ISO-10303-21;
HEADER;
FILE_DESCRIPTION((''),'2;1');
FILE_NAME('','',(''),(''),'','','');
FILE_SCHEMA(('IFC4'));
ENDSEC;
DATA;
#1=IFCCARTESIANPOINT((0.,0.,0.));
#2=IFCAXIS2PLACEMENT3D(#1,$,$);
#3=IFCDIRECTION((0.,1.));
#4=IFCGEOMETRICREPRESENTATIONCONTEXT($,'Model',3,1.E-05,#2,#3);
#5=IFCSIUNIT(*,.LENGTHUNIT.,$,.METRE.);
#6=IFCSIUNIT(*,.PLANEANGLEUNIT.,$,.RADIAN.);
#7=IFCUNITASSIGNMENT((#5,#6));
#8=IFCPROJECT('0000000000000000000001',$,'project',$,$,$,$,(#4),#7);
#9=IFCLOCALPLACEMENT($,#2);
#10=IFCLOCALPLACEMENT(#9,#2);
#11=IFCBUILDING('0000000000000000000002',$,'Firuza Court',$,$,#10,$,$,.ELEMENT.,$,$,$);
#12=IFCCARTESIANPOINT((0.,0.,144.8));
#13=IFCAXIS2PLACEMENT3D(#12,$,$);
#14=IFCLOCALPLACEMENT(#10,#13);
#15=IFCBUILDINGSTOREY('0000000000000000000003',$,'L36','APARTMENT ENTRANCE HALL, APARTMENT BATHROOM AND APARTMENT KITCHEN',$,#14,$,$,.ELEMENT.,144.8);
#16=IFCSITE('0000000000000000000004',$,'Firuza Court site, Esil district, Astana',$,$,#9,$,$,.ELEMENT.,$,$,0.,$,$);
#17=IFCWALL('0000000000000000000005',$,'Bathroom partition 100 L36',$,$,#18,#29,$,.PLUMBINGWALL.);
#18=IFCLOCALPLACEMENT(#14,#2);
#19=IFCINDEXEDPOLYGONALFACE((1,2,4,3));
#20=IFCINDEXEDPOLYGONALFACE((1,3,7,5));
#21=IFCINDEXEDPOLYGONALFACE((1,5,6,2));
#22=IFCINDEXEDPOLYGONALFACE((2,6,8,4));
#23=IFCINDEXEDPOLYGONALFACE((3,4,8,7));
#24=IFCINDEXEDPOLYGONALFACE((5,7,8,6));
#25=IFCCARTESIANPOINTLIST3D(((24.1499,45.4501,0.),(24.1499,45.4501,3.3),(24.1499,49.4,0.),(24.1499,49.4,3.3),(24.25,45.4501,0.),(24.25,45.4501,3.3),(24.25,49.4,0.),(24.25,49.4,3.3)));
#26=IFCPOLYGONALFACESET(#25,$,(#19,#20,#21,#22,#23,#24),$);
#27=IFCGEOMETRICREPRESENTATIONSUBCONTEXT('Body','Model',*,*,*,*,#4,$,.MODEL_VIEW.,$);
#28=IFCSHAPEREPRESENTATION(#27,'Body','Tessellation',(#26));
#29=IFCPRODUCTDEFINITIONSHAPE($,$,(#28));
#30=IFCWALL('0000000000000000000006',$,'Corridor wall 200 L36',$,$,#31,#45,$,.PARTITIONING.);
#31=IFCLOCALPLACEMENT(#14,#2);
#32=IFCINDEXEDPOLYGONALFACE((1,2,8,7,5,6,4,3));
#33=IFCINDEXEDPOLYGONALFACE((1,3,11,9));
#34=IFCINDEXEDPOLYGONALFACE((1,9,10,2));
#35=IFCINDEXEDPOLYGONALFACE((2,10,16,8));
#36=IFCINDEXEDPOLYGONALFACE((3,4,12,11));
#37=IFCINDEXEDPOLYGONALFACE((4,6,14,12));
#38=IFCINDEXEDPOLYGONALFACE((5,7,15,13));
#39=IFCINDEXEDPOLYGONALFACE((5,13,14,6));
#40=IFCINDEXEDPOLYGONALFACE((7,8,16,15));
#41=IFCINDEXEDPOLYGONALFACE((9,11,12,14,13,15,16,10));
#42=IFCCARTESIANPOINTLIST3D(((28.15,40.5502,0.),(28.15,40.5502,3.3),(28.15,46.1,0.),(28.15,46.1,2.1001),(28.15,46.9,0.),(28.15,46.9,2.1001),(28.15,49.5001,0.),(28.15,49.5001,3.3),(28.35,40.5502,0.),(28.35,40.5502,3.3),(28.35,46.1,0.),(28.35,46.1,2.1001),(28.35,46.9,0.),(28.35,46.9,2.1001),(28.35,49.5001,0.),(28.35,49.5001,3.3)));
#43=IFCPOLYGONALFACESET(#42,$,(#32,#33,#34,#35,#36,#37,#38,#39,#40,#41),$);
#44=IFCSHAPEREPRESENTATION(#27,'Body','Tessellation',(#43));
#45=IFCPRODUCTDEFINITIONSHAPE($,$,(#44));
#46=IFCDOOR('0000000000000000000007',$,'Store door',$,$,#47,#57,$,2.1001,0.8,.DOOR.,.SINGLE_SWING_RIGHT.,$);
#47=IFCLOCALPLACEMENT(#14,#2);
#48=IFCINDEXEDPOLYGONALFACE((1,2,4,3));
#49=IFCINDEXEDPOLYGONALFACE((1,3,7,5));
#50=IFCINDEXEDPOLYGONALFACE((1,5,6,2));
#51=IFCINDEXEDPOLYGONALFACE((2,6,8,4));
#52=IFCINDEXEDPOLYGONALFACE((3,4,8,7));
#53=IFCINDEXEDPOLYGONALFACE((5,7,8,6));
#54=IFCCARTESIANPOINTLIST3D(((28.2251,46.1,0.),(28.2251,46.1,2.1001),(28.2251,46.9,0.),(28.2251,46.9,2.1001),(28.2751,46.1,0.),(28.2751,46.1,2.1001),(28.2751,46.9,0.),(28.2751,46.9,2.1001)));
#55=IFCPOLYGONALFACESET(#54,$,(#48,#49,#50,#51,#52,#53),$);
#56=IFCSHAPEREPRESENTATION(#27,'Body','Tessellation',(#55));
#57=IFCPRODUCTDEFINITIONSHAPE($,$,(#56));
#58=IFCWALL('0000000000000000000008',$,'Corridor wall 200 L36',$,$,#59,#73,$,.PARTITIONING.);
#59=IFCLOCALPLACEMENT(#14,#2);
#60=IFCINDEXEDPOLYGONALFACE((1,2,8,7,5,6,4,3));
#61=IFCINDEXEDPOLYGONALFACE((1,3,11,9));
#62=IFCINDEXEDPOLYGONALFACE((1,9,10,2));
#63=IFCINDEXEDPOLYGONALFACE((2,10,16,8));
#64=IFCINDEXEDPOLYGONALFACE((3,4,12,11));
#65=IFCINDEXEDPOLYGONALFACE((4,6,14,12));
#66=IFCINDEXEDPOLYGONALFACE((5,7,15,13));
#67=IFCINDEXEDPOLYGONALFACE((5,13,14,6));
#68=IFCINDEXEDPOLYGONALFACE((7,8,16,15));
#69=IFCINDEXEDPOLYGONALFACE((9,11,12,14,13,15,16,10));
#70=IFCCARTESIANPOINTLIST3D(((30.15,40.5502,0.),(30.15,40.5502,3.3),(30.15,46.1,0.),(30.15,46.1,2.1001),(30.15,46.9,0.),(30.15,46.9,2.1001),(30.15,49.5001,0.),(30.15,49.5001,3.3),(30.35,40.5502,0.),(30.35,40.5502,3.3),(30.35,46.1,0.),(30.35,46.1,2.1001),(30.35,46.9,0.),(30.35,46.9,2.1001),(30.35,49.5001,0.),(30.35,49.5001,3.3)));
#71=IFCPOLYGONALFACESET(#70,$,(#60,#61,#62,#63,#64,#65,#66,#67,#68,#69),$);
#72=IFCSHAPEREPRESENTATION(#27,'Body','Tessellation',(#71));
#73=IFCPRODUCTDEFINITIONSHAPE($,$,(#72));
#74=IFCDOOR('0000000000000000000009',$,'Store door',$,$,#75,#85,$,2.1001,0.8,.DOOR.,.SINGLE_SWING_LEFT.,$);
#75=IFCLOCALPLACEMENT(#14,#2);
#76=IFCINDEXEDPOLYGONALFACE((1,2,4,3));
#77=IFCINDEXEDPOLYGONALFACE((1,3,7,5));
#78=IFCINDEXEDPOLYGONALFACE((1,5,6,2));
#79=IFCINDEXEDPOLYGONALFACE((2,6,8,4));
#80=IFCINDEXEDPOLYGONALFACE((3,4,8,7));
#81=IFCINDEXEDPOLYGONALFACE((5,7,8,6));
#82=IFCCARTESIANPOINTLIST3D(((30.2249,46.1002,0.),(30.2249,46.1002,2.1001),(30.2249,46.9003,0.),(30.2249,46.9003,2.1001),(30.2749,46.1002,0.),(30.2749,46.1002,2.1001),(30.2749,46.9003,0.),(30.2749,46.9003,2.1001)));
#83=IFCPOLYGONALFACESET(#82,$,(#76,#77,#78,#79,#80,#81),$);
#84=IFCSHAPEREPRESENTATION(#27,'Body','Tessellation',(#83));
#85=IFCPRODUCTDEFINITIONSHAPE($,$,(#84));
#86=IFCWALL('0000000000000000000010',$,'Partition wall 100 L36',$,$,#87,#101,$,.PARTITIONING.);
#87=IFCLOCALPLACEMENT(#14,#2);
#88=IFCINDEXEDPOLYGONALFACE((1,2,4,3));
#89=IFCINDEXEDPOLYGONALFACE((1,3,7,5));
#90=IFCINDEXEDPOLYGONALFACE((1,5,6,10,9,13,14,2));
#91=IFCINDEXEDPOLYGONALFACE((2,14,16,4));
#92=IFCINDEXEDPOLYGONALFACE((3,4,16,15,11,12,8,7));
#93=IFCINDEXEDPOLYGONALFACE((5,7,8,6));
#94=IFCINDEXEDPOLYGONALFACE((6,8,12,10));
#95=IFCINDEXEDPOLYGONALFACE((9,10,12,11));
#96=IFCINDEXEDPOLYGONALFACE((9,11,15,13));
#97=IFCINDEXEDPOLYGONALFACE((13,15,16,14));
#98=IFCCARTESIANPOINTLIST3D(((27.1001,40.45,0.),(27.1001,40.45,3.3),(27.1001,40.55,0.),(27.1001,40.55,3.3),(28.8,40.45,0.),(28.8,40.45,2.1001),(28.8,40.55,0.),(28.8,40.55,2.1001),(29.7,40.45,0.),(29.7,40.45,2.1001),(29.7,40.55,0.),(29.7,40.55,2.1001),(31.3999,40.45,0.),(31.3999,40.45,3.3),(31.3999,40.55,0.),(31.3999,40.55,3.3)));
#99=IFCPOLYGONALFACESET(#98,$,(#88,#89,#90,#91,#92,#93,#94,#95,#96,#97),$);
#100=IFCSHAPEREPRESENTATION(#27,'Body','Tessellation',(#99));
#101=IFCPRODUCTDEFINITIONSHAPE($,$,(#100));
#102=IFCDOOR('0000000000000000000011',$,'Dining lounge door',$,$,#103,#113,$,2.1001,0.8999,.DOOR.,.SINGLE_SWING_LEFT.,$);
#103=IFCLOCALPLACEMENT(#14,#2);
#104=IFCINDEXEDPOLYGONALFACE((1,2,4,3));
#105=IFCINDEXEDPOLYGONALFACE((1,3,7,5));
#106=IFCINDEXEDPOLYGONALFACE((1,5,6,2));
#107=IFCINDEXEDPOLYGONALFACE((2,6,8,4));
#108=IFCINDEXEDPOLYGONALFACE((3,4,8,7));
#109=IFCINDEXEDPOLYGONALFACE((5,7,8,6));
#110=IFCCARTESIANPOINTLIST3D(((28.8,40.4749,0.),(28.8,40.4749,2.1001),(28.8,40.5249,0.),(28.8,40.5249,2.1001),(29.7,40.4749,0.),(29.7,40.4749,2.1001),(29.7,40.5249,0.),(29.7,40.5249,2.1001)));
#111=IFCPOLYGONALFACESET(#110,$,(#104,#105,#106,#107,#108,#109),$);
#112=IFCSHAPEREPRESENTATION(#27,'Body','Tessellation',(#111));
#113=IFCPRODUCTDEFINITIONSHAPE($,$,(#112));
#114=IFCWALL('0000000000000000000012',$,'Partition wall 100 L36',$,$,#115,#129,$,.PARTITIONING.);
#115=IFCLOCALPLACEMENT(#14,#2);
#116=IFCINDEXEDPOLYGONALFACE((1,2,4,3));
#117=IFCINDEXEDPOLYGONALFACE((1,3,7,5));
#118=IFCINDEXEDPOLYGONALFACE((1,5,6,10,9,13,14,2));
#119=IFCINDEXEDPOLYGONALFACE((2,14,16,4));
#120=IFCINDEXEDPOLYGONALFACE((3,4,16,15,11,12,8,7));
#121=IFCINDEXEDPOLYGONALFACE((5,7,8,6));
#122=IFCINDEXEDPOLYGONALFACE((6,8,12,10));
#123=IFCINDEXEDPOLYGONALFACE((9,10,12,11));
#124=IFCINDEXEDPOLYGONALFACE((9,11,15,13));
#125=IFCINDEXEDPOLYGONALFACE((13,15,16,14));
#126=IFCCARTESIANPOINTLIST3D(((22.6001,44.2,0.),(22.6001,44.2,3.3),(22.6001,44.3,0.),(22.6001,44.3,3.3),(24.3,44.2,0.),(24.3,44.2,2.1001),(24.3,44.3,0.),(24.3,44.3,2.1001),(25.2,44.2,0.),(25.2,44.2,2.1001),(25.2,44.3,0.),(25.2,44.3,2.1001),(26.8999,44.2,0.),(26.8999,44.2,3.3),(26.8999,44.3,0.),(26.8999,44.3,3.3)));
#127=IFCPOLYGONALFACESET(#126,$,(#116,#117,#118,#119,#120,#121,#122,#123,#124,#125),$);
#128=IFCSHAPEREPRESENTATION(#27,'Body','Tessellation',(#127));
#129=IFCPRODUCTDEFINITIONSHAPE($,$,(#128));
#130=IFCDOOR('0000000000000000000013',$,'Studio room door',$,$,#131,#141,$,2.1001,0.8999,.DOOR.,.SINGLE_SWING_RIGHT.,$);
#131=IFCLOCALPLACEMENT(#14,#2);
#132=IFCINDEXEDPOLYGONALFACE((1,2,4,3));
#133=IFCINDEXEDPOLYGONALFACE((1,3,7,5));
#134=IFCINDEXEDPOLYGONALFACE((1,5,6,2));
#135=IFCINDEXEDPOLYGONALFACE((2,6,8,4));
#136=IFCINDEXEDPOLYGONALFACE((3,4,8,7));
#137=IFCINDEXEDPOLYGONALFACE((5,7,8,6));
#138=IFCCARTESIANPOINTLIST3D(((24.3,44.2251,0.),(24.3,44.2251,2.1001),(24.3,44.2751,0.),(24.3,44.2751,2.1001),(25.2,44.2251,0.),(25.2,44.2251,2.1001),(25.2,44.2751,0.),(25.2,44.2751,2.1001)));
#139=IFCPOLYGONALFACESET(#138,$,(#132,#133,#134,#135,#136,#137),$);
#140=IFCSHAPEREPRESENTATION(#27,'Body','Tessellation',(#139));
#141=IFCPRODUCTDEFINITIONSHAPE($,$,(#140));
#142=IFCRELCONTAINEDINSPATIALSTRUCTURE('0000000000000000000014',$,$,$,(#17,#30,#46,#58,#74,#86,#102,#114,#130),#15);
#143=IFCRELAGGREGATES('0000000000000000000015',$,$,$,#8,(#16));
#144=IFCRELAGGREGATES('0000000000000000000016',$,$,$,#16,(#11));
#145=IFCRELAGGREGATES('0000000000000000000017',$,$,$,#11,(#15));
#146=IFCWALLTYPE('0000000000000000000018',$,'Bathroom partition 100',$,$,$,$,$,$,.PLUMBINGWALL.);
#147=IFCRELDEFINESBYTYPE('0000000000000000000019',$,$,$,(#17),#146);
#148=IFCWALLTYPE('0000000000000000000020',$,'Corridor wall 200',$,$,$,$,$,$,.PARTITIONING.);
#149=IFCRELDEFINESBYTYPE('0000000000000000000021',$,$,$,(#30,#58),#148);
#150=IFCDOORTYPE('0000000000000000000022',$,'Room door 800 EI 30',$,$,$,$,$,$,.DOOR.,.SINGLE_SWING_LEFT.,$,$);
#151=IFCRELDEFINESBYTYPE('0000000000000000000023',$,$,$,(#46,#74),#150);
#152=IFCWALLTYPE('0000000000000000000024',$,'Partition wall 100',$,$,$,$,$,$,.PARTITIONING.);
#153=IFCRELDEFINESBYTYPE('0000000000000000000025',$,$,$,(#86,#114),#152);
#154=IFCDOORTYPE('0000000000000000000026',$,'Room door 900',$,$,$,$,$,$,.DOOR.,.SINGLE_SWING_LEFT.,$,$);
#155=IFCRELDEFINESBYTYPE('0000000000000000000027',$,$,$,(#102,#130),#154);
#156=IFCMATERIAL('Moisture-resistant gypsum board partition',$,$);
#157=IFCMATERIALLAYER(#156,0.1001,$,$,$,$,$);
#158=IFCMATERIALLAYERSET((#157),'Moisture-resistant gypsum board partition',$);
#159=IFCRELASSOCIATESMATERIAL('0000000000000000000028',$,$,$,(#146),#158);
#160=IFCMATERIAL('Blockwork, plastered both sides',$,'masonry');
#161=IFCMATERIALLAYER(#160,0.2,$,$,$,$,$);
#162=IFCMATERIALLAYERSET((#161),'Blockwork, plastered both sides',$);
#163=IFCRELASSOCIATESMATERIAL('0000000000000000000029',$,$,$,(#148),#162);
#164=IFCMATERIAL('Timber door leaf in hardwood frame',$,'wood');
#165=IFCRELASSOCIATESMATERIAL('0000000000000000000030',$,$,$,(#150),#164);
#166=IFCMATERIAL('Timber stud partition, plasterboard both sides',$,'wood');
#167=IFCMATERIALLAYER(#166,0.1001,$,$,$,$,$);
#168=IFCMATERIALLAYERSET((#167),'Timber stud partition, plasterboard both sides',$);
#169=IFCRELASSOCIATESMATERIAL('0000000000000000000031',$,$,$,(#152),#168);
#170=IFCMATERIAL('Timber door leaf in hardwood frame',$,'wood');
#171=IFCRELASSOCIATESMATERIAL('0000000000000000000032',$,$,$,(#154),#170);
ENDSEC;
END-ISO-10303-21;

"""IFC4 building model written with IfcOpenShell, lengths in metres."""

from ifc_helpers import new_model, si_unit, direction, frame, frame_2d, origin, place, context, subcontext, project, spatial, rectangle, extrude, material, layer, layer_set, type_object, element, fill, save


model = new_model("IFC4")

# Units and contexts
model_context = context("Model", 3, precision=1e-05, world=origin(), true_north=direction((0.0, 1.0)))
body_context = subcontext(model_context, "Body", "Model", "MODEL_VIEW")
ifc_project = project(units=[si_unit("LENGTHUNIT", "METRE"), si_unit("PLANEANGLEUNIT", "RADIAN")], contexts=[model_context])

# Site, building, storey
site_placement = place(None, origin())
site = spatial("IfcSite", under=ifc_project, at=site_placement, Name="Firuza Court site, Esil district, Astana", CompositionType="ELEMENT", RefElevation=0.0)
building_placement = place(site_placement, origin())
building = spatial("IfcBuilding", under=site, at=building_placement, Name="Firuza Court", CompositionType="ELEMENT")
storey_placement = place(building_placement, frame((0.0, 0.0, 144.8)))
storey = spatial("IfcBuildingStorey", under=building, at=storey_placement, Name="L36", Description="APARTMENT ENTRANCE HALL, APARTMENT BATHROOM AND APARTMENT KITCHEN", CompositionType="ELEMENT", Elevation=144.8)

# Wall
ifc_material_1 = material(Name="Moisture-resistant gypsum board partition")
ifc_layer_1 = layer(ifc_material_1, 0.1001)
ifc_layer_set_1 = layer_set([ifc_layer_1], Name="Moisture-resistant gypsum board partition")
wall_type_1 = type_object("IfcWallType", Name="Bathroom partition 100", PredefinedType="PLUMBINGWALL", material=ifc_layer_set_1)
wall_1_placement = place(storey_placement, frame((24.2, 45.45, 0.0), z_axis=(0.0, 0.0, 1.0), x_axis=(0.0, 1.0, 0.0)))
element("IfcWall", 1, at=wall_1_placement, inside=storey, type_object=wall_type_1, Name="Bathroom partition 100 L36", PredefinedType="PLUMBINGWALL", context=body_context, shape_type="SweptSolid", body=[
    extrude(rectangle(XDim=3.95, YDim=0.1001, at=frame_2d((1.9751, 0.0))), origin(), (0.0, 0.0, 1.0), 3.3),
])

# Walls, openings, doors
ifc_material_2 = material(Name="Blockwork, plastered both sides", Category="masonry")
ifc_layer_2 = layer(ifc_material_2, 0.2)
ifc_layer_set_2 = layer_set([ifc_layer_2], Name="Blockwork, plastered both sides")
wall_type_2 = type_object("IfcWallType", Name="Corridor wall 200", PredefinedType="PARTITIONING", material=ifc_layer_set_2)
wall_2_placement = place(storey_placement, frame((28.25, 40.55, 0.0), z_axis=(0.0, 0.0, 1.0), x_axis=(0.0, 1.0, 0.0)))
wall_2 = element("IfcWall", 2, at=wall_2_placement, inside=storey, type_object=wall_type_2, Name="Corridor wall 200 L36", PredefinedType="PARTITIONING", context=body_context, shape_type="SweptSolid", body=[
    extrude(rectangle(XDim=8.95, YDim=0.2, at=frame_2d((4.4751, 0.0))), origin(), (0.0, 0.0, 1.0), 3.3),
])
opening_1_placement = place(wall_2_placement, frame((5.55, 0.0, 0.0)))
opening_1 = element("IfcOpeningElement", 3, at=opening_1_placement, cuts=wall_2, PredefinedType="OPENING", context=body_context, shape_type="SweptSolid", body=[
    extrude(rectangle(XDim=0.8, YDim=2.1001, at=frame_2d((0.3999, 1.05))), frame((0.0, 0.1118, 0.0), z_axis=(0.0, -1.0, 0.0), x_axis=(1.0, 0.0, 0.0)), (0.0, 0.0, 1.0), 0.2239),
])
ifc_material_3 = material(Name="Timber door leaf in hardwood frame", Category="wood")
door_type_1 = type_object("IfcDoorType", Name="Room door 800 EI 30", OperationType="SINGLE_SWING_LEFT", PredefinedType="DOOR", material=ifc_material_3)
door_1_placement = place(opening_1_placement, origin())
door_1 = element("IfcDoor", 4, at=door_1_placement, inside=storey, type_object=door_type_1, Name="Store door", OperationType="SINGLE_SWING_RIGHT", OverallHeight=2.1001, OverallWidth=0.8, PredefinedType="DOOR", context=body_context, shape_type="SweptSolid", body=[
    extrude(rectangle(XDim=0.8, YDim=2.1001, at=frame_2d((0.3999, 1.05))), frame((0.0, 0.0249, 0.0), z_axis=(0.0, -1.0, 0.0), x_axis=(1.0, 0.0, 0.0)), (0.0, 0.0, 1.0), 0.05),
])
fill(opening_1, door_1)
wall_3_placement = place(storey_placement, frame((30.25, 40.55, 0.0), z_axis=(0.0, 0.0, 1.0), x_axis=(0.0, 1.0, 0.0)))
wall_3 = element("IfcWall", 5, at=wall_3_placement, inside=storey, type_object=wall_type_2, Name="Corridor wall 200 L36", PredefinedType="PARTITIONING", context=body_context, shape_type="SweptSolid", body=[
    extrude(rectangle(XDim=8.95, YDim=0.2, at=frame_2d((4.4751, 0.0))), origin(), (0.0, 0.0, 1.0), 3.3),
])
opening_2_placement = place(wall_3_placement, frame((5.55, 0.0, 0.0)))
opening_2 = element("IfcOpeningElement", 6, at=opening_2_placement, cuts=wall_3, PredefinedType="OPENING", context=body_context, shape_type="SweptSolid", body=[
    extrude(rectangle(XDim=0.8, YDim=2.1001, at=frame_2d((0.3999, 1.05))), frame((0.0, 0.1118, 0.0), z_axis=(0.0, -1.0, 0.0), x_axis=(1.0, 0.0, 0.0)), (0.0, 0.0, 1.0), 0.2239),
])
door_2_placement = place(opening_2_placement, frame((0.8, 0.0, 0.0), z_axis=(0.0, 0.0, 1.0), x_axis=(-1.0, 0.0, 0.0)))
door_2 = element("IfcDoor", 7, at=door_2_placement, inside=storey, type_object=door_type_1, Name="Store door", OperationType="SINGLE_SWING_LEFT", OverallHeight=2.1001, OverallWidth=0.8, PredefinedType="DOOR", context=body_context, shape_type="SweptSolid", body=[
    extrude(rectangle(XDim=0.8, YDim=2.1001, at=frame_2d((0.3999, 1.05))), frame((0.0, 0.0249, 0.0), z_axis=(0.0, -1.0, 0.0), x_axis=(1.0, 0.0, 0.0)), (0.0, 0.0, 1.0), 0.05),
])
fill(opening_2, door_2)
ifc_material_4 = material(Name="Timber stud partition, plasterboard both sides", Category="wood")
ifc_layer_3 = layer(ifc_material_4, 0.1001)
ifc_layer_set_3 = layer_set([ifc_layer_3], Name="Timber stud partition, plasterboard both sides")
wall_type_3 = type_object("IfcWallType", Name="Partition wall 100", PredefinedType="PARTITIONING", material=ifc_layer_set_3)
wall_4_placement = place(storey_placement, frame((27.1001, 40.5, 0.0), z_axis=(0.0, 0.0, 1.0), x_axis=(1.0, 0.0, 0.0)))
wall_4 = element("IfcWall", 8, at=wall_4_placement, inside=storey, type_object=wall_type_3, Name="Partition wall 100 L36", PredefinedType="PARTITIONING", context=body_context, shape_type="SweptSolid", body=[
    extrude(rectangle(XDim=4.2998, YDim=0.1001, at=frame_2d((2.1499, 0.0))), origin(), (0.0, 0.0, 1.0), 3.3),
])
opening_3_placement = place(wall_4_placement, frame((1.7, 0.0, 0.0)))
opening_3 = element("IfcOpeningElement", 9, at=opening_3_placement, cuts=wall_4, PredefinedType="OPENING", context=body_context, shape_type="SweptSolid", body=[
    extrude(rectangle(XDim=0.8999, YDim=2.1001, at=frame_2d((0.45, 1.05))), frame((0.0, 0.062, 0.0), z_axis=(0.0, -1.0, 0.0), x_axis=(1.0, 0.0, 0.0)), (0.0, 0.0, 1.0), 0.124),
])
ifc_material_5 = material(Name="Timber door leaf in hardwood frame", Category="wood")
door_type_2 = type_object("IfcDoorType", Name="Room door 900", OperationType="SINGLE_SWING_LEFT", PredefinedType="DOOR", material=ifc_material_5)
door_3_placement = place(opening_3_placement, origin())
door_3 = element("IfcDoor", 10, at=door_3_placement, inside=storey, type_object=door_type_2, Name="Dining lounge door", OperationType="SINGLE_SWING_LEFT", OverallHeight=2.1001, OverallWidth=0.8999, PredefinedType="DOOR", context=body_context, shape_type="SweptSolid", body=[
    extrude(rectangle(XDim=0.8999, YDim=2.1001, at=frame_2d((0.45, 1.05))), frame((0.0, 0.0249, 0.0), z_axis=(0.0, -1.0, 0.0), x_axis=(1.0, 0.0, 0.0)), (0.0, 0.0, 1.0), 0.05),
])
fill(opening_3, door_3)
wall_5_placement = place(storey_placement, frame((22.6001, 44.25, 0.0), z_axis=(0.0, 0.0, 1.0), x_axis=(1.0, 0.0, 0.0)))
wall_5 = element("IfcWall", 11, at=wall_5_placement, inside=storey, type_object=wall_type_3, Name="Partition wall 100 L36", PredefinedType="PARTITIONING", context=body_context, shape_type="SweptSolid", body=[
    extrude(rectangle(XDim=4.2998, YDim=0.1001, at=frame_2d((2.1499, 0.0))), origin(), (0.0, 0.0, 1.0), 3.3),
])
opening_4_placement = place(wall_5_placement, frame((1.7, 0.0, 0.0)))
opening_4 = element("IfcOpeningElement", 12, at=opening_4_placement, cuts=wall_5, PredefinedType="OPENING", context=body_context, shape_type="SweptSolid", body=[
    extrude(rectangle(XDim=0.8999, YDim=2.1001, at=frame_2d((0.45, 1.05))), frame((0.0, 0.062, 0.0), z_axis=(0.0, -1.0, 0.0), x_axis=(1.0, 0.0, 0.0)), (0.0, 0.0, 1.0), 0.124),
])
door_4_placement = place(opening_4_placement, frame((0.8999, 0.0, 0.0), z_axis=(0.0, 0.0, 1.0), x_axis=(-1.0, 0.0, 0.0)))
door_4 = element("IfcDoor", 13, at=door_4_placement, inside=storey, type_object=door_type_2, Name="Studio room door", OperationType="SINGLE_SWING_RIGHT", OverallHeight=2.1001, OverallWidth=0.8999, PredefinedType="DOOR", context=body_context, shape_type="SweptSolid", body=[
    extrude(rectangle(XDim=0.8999, YDim=2.1001, at=frame_2d((0.45, 1.05))), frame((0.0, 0.0249, 0.0), z_axis=(0.0, -1.0, 0.0), x_axis=(1.0, 0.0, 0.0)), (0.0, 0.0, 1.0), 0.05),
])
fill(opening_4, door_4)

save(model, "model.ifc")
